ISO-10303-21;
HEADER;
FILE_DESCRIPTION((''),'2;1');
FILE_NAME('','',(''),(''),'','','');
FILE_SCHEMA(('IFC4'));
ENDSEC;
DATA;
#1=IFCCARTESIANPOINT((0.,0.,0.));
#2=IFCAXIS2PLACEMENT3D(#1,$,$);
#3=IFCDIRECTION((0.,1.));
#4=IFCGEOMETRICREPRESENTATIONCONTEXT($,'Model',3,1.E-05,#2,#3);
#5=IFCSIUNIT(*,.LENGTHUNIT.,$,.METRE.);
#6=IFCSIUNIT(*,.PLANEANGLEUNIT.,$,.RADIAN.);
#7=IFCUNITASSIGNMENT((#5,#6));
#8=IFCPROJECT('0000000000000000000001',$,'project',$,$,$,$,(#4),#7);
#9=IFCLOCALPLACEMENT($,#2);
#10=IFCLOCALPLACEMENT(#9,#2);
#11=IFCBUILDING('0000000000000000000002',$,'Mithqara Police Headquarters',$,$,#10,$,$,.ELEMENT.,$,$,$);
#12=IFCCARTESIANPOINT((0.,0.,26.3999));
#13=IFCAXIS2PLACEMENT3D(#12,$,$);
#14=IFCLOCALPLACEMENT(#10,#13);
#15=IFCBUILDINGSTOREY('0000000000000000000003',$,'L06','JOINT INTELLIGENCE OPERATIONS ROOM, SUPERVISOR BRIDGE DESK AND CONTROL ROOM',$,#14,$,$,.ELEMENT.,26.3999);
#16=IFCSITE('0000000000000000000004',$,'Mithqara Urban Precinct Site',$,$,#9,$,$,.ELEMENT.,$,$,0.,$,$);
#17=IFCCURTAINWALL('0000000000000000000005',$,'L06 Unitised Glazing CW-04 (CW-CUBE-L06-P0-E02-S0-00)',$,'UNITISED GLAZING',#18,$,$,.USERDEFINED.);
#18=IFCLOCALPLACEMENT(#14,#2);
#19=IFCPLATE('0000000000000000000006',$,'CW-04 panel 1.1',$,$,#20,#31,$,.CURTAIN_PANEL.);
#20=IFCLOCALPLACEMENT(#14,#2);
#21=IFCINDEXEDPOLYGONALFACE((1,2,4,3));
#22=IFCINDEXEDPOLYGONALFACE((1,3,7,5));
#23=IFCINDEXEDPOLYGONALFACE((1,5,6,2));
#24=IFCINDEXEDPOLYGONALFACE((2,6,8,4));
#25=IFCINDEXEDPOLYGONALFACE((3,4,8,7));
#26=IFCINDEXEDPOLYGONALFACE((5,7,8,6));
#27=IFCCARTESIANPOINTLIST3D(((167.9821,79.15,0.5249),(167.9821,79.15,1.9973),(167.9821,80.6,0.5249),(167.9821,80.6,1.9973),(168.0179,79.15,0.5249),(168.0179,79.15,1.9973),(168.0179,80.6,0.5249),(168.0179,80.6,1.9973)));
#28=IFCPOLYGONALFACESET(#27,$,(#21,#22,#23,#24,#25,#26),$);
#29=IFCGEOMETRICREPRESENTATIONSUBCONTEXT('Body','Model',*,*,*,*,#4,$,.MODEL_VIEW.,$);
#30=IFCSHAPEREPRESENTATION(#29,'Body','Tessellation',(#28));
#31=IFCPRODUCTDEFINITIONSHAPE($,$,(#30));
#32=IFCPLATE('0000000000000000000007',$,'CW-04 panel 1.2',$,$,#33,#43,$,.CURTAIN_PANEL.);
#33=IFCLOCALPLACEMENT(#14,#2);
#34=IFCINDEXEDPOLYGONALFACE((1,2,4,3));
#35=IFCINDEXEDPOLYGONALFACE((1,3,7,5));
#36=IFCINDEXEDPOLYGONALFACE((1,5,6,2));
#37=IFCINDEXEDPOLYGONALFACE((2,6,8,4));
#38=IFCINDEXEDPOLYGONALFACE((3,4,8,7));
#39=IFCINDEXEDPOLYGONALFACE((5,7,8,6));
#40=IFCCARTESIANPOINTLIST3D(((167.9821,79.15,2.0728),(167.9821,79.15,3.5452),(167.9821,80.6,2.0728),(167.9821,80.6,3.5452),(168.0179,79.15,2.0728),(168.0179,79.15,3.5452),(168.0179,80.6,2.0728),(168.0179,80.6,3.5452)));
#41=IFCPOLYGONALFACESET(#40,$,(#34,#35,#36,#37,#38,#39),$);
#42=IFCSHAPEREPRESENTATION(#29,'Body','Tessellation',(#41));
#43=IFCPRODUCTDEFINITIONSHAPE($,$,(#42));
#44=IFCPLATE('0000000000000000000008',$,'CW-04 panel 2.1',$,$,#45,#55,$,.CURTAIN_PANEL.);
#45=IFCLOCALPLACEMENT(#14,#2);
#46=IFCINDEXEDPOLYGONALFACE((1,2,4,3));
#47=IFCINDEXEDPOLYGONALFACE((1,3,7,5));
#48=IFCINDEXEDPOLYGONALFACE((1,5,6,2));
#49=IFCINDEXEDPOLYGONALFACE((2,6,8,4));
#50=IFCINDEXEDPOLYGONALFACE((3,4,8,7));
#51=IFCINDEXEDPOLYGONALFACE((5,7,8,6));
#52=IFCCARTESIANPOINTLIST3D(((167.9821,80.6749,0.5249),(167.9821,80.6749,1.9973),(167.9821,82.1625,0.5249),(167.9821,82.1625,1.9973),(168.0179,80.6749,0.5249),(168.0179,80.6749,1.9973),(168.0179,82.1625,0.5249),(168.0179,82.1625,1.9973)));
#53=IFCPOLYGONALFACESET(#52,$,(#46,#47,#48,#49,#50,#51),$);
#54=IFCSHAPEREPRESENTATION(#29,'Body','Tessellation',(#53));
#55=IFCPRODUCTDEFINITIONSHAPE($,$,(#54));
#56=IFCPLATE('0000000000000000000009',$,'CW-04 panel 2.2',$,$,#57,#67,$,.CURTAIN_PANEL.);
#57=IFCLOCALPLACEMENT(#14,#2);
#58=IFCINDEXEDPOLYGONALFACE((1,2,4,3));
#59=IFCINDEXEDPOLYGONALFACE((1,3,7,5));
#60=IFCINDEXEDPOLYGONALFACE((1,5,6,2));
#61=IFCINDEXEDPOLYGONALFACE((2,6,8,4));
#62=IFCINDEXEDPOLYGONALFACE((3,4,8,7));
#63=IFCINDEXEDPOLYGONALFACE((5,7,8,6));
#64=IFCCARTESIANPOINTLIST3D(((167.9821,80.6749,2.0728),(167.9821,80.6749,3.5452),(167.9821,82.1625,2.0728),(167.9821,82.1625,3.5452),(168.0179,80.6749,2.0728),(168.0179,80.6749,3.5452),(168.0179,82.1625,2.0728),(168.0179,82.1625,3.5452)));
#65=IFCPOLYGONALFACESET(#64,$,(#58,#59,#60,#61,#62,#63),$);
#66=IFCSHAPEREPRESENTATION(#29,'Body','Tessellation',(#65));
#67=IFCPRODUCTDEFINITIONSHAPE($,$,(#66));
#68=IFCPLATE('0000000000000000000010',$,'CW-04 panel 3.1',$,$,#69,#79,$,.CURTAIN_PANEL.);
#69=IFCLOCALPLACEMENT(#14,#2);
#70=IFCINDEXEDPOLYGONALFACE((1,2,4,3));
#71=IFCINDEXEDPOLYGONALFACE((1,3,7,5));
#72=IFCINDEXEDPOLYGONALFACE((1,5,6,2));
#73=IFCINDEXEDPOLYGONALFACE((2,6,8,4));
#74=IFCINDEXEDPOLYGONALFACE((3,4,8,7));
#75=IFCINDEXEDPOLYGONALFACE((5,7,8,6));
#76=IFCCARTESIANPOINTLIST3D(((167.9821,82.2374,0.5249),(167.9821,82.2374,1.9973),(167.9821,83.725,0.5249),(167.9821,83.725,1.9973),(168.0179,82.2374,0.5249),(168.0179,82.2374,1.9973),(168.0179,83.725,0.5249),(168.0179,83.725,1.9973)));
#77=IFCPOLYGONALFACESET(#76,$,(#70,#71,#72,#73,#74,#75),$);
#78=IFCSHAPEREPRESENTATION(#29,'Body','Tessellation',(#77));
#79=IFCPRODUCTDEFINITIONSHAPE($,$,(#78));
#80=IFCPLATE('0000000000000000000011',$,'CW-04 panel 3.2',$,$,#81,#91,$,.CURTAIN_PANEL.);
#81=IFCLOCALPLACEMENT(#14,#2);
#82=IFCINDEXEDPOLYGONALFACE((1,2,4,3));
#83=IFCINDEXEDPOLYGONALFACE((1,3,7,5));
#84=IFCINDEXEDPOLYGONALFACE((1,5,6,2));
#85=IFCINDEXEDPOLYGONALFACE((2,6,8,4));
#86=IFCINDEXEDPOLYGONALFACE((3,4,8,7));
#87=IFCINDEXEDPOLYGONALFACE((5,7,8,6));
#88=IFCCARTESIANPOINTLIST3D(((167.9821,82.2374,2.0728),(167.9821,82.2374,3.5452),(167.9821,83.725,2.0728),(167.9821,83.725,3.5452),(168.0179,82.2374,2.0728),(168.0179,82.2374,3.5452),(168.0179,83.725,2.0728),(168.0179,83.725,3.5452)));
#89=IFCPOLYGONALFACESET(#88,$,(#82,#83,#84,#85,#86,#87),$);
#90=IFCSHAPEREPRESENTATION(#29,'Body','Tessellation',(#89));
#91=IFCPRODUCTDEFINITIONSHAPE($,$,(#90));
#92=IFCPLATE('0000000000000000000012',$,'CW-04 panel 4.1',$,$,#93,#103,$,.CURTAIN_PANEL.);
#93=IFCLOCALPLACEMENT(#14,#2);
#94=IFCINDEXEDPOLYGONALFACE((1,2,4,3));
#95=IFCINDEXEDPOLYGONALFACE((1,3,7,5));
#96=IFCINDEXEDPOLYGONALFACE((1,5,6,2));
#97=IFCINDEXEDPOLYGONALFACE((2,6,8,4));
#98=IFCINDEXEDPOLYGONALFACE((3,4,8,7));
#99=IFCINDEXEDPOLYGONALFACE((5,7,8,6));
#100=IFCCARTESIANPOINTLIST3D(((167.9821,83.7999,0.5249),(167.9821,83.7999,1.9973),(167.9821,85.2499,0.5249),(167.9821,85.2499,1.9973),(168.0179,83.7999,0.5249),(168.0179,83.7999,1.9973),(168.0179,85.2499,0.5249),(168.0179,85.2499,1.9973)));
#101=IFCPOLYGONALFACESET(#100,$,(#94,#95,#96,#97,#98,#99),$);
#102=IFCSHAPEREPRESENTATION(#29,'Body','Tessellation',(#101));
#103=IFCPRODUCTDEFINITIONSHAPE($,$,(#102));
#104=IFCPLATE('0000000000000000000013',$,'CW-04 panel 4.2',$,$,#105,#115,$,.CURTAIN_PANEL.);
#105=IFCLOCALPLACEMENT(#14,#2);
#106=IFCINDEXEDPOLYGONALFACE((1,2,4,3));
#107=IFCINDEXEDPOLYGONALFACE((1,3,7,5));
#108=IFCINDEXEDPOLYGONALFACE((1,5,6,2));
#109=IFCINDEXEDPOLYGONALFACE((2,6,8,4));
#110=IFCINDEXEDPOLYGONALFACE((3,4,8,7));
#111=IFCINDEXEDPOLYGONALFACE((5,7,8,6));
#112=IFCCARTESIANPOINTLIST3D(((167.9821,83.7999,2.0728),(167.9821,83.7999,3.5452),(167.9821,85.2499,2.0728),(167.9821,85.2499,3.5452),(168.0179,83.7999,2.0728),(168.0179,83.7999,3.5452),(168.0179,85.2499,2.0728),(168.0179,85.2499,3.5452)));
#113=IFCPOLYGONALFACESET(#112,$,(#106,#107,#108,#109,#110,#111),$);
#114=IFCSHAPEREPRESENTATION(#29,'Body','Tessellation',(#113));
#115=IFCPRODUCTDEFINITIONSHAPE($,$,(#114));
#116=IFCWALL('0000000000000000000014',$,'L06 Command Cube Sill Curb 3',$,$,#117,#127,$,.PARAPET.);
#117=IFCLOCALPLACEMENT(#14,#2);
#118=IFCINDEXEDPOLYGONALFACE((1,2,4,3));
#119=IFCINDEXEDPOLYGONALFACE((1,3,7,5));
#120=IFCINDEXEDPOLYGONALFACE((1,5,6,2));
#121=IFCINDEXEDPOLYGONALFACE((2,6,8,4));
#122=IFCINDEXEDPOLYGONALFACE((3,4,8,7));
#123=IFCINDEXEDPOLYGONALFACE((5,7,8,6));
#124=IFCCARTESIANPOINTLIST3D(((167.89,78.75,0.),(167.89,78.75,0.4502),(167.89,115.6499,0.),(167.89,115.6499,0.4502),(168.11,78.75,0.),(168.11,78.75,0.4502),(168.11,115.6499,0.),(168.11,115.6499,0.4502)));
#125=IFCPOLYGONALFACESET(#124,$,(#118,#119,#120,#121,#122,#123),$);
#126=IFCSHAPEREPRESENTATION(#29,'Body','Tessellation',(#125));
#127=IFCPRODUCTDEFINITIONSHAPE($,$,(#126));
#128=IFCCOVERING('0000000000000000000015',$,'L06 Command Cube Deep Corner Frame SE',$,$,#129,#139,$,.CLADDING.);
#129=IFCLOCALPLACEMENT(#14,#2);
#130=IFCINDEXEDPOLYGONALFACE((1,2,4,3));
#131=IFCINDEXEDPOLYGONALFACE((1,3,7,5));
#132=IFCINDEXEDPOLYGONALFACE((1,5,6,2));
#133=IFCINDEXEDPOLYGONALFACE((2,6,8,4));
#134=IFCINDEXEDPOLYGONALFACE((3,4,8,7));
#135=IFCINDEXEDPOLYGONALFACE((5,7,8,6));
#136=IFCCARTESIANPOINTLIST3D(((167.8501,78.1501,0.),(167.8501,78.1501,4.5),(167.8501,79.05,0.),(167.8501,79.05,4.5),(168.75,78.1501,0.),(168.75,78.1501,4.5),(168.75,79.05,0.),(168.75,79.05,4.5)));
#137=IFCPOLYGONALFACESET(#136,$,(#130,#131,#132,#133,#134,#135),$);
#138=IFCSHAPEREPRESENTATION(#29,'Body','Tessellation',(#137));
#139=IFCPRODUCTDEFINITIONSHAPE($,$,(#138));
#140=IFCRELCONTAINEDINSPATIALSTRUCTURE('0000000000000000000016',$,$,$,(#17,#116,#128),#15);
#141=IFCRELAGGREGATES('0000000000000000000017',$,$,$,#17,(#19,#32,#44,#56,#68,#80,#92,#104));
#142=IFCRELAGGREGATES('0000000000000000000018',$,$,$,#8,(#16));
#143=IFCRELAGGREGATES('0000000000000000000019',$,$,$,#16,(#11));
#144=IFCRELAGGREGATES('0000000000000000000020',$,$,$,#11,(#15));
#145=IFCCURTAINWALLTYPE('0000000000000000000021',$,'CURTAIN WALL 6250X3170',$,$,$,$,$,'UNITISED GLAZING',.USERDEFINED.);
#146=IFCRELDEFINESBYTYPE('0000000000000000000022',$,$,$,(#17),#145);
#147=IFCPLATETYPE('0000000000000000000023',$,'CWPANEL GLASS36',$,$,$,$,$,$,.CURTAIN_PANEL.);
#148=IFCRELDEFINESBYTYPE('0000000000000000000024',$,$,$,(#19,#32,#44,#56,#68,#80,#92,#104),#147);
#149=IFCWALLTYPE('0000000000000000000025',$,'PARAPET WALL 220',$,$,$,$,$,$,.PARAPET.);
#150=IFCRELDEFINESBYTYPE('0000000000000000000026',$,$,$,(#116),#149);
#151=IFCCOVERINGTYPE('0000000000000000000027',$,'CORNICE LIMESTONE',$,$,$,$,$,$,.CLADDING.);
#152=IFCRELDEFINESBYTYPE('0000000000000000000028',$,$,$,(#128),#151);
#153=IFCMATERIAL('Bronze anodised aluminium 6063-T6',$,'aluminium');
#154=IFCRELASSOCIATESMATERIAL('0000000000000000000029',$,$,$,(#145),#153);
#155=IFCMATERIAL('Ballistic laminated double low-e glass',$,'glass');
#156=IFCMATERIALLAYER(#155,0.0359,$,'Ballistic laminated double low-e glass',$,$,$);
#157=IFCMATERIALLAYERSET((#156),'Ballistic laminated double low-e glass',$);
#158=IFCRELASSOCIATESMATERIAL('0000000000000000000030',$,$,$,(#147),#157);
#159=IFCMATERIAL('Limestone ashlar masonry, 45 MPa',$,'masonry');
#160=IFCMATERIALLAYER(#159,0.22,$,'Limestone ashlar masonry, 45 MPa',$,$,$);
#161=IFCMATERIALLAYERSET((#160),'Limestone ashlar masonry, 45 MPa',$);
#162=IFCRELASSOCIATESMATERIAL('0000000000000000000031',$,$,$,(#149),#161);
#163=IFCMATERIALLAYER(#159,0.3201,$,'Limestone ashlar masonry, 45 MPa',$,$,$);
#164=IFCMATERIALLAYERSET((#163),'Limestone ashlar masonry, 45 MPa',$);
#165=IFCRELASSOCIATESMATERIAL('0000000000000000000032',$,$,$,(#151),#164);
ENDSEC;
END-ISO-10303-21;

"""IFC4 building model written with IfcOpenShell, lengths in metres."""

from ifc_helpers import new_model, si_unit, direction, frame, frame_2d, origin, origin_2d, place, context, subcontext, project, spatial, rectangle, extrude, material, layer, layer_set, type_object, element, aggregate, save


model = new_model("IFC4")

# Units and contexts
model_context = context("Model", 3, precision=1e-05, world=origin(), true_north=direction((0.0, 1.0)))
body_context = subcontext(model_context, "Body", "Model", "MODEL_VIEW")
ifc_project = project(units=[si_unit("LENGTHUNIT", "METRE"), si_unit("PLANEANGLEUNIT", "RADIAN")], contexts=[model_context])

# Site, building, storey
site_placement = place(None, origin())
site = spatial("IfcSite", under=ifc_project, at=site_placement, Name="Mithqara Urban Precinct Site", CompositionType="ELEMENT", RefElevation=0.0)
building_placement = place(site_placement, origin())
building = spatial("IfcBuilding", under=site, at=building_placement, Name="Mithqara Police Headquarters", CompositionType="ELEMENT")
storey_placement = place(building_placement, frame((0.0, 0.0, 26.3999)))
storey = spatial("IfcBuildingStorey", under=building, at=storey_placement, Name="L06", Description="JOINT INTELLIGENCE OPERATIONS ROOM, SUPERVISOR BRIDGE DESK AND CONTROL ROOM", CompositionType="ELEMENT", Elevation=26.3999)

# Shared definitions
ifc_material_1 = material(Name="Bronze anodised aluminium 6063-T6", Category="aluminium")

# Curtain wall
curtain_wall_type_1 = type_object("IfcCurtainWallType", Name="CURTAIN WALL 6250X3170", ElementType="UNITISED GLAZING", PredefinedType="USERDEFINED", material=ifc_material_1)
curtain_wall_1_placement = place(storey_placement, origin())
curtain_wall_1 = element("IfcCurtainWall", 1, at=curtain_wall_1_placement, inside=storey, type_object=curtain_wall_type_1, Name="L06 Unitised Glazing CW-04 (CW-CUBE-L06-P0-E02-S0-00)", ObjectType="UNITISED GLAZING", PredefinedType="USERDEFINED")

# Plates
ifc_material_2 = material(Name="Ballistic laminated double low-e glass", Category="glass")
ifc_layer_1 = layer(ifc_material_2, 0.0359, Name="Ballistic laminated double low-e glass")
ifc_layer_set_1 = layer_set([ifc_layer_1], Name="Ballistic laminated double low-e glass")
plate_type = type_object("IfcPlateType", Name="CWPANEL GLASS36", PredefinedType="CURTAIN_PANEL", material=ifc_layer_set_1)
plate_1_placement = place(storey_placement, frame((168.0, 79.875, 0.5249), z_axis=(0.0, 0.0, 1.0), x_axis=(0.0, 1.0, 0.0)))
plate_1 = element("IfcPlate", 2, at=plate_1_placement, type_object=plate_type, Name="CW-04 panel 1.1", PredefinedType="CURTAIN_PANEL", context=body_context, shape_type="SweptSolid", body=[
    extrude(rectangle(XDim=1.45, YDim=0.0359, at=origin_2d()), origin(), (0.0, 0.0, 1.0), 1.4724),
])
plate_2_placement = place(storey_placement, frame((168.0, 79.875, 2.0728), z_axis=(0.0, 0.0, 1.0), x_axis=(0.0, 1.0, 0.0)))
plate_2 = element("IfcPlate", 3, at=plate_2_placement, type_object=plate_type, Name="CW-04 panel 1.2", PredefinedType="CURTAIN_PANEL", context=body_context, shape_type="SweptSolid", body=[
    extrude(rectangle(XDim=1.45, YDim=0.0359, at=origin_2d()), origin(), (0.0, 0.0, 1.0), 1.4724),
])
plate_3_placement = place(storey_placement, frame((168.0, 81.4187, 0.5249), z_axis=(0.0, 0.0, 1.0), x_axis=(0.0, 1.0, 0.0)))
plate_3 = element("IfcPlate", 4, at=plate_3_placement, type_object=plate_type, Name="CW-04 panel 2.1", PredefinedType="CURTAIN_PANEL", context=body_context, shape_type="SweptSolid", body=[
    extrude(rectangle(XDim=1.4875, YDim=0.0359, at=origin_2d()), origin(), (0.0, 0.0, 1.0), 1.4724),
])
plate_4_placement = place(storey_placement, frame((168.0, 81.4187, 2.0728), z_axis=(0.0, 0.0, 1.0), x_axis=(0.0, 1.0, 0.0)))
plate_4 = element("IfcPlate", 5, at=plate_4_placement, type_object=plate_type, Name="CW-04 panel 2.2", PredefinedType="CURTAIN_PANEL", context=body_context, shape_type="SweptSolid", body=[
    extrude(rectangle(XDim=1.4875, YDim=0.0359, at=origin_2d()), origin(), (0.0, 0.0, 1.0), 1.4724),
])
plate_5_placement = place(storey_placement, frame((168.0, 82.9812, 0.5249), z_axis=(0.0, 0.0, 1.0), x_axis=(0.0, 1.0, 0.0)))
plate_5 = element("IfcPlate", 6, at=plate_5_placement, type_object=plate_type, Name="CW-04 panel 3.1", PredefinedType="CURTAIN_PANEL", context=body_context, shape_type="SweptSolid", body=[
    extrude(rectangle(XDim=1.4875, YDim=0.0359, at=origin_2d()), origin(), (0.0, 0.0, 1.0), 1.4724),
])
plate_6_placement = place(storey_placement, frame((168.0, 82.9812, 2.0728), z_axis=(0.0, 0.0, 1.0), x_axis=(0.0, 1.0, 0.0)))
plate_6 = element("IfcPlate", 7, at=plate_6_placement, type_object=plate_type, Name="CW-04 panel 3.2", PredefinedType="CURTAIN_PANEL", context=body_context, shape_type="SweptSolid", body=[
    extrude(rectangle(XDim=1.4875, YDim=0.0359, at=origin_2d()), origin(), (0.0, 0.0, 1.0), 1.4724),
])
plate_7_placement = place(storey_placement, frame((168.0, 84.5249, 0.5249), z_axis=(0.0, 0.0, 1.0), x_axis=(0.0, 1.0, 0.0)))
plate_7 = element("IfcPlate", 8, at=plate_7_placement, type_object=plate_type, Name="CW-04 panel 4.1", PredefinedType="CURTAIN_PANEL", context=body_context, shape_type="SweptSolid", body=[
    extrude(rectangle(XDim=1.45, YDim=0.0359, at=origin_2d()), origin(), (0.0, 0.0, 1.0), 1.4724),
])
plate_8_placement = place(storey_placement, frame((168.0, 84.5249, 2.0728), z_axis=(0.0, 0.0, 1.0), x_axis=(0.0, 1.0, 0.0)))
plate_8 = element("IfcPlate", 9, at=plate_8_placement, type_object=plate_type, Name="CW-04 panel 4.2", PredefinedType="CURTAIN_PANEL", context=body_context, shape_type="SweptSolid", body=[
    extrude(rectangle(XDim=1.45, YDim=0.0359, at=origin_2d()), origin(), (0.0, 0.0, 1.0), 1.4724),
])
aggregate(curtain_wall_1, [plate_1, plate_2, plate_3, plate_4, plate_5, plate_6, plate_7, plate_8])

# Wall
ifc_material_3 = material(Name="Limestone ashlar masonry, 45 MPa", Category="masonry")
ifc_layer_2 = layer(ifc_material_3, 0.22, Name="Limestone ashlar masonry, 45 MPa")
ifc_layer_set_2 = layer_set([ifc_layer_2], Name="Limestone ashlar masonry, 45 MPa")
wall_type = type_object("IfcWallType", Name="PARAPET WALL 220", PredefinedType="PARAPET", material=ifc_layer_set_2)
wall_placement = place(storey_placement, frame((168.0, 78.75, 0.0), z_axis=(0.0, 0.0, 1.0), x_axis=(0.0, 1.0, 0.0)))
element("IfcWall", 10, at=wall_placement, inside=storey, type_object=wall_type, Name="L06 Command Cube Sill Curb 3", PredefinedType="PARAPET", context=body_context, shape_type="SweptSolid", body=[
    extrude(rectangle(XDim=36.8999, YDim=0.22, at=frame_2d((18.45, 0.0))), origin(), (0.0, 0.0, 1.0), 0.4502),
])

# Covering
ifc_layer_3 = layer(ifc_material_3, 0.3201, Name="Limestone ashlar masonry, 45 MPa")
ifc_layer_set_3 = layer_set([ifc_layer_3], Name="Limestone ashlar masonry, 45 MPa")
covering_type = type_object("IfcCoveringType", Name="CORNICE LIMESTONE", PredefinedType="CLADDING", material=ifc_layer_set_3)
covering_placement = place(storey_placement, frame((168.3, 78.6001, 0.0), z_axis=(0.0, 0.0, 1.0), x_axis=(1.0, 0.0, 0.0)))
element("IfcCovering", 11, at=covering_placement, inside=storey, type_object=covering_type, Name="L06 Command Cube Deep Corner Frame SE", PredefinedType="CLADDING", context=body_context, shape_type="SweptSolid", body=[
    extrude(rectangle(XDim=0.8999, YDim=0.8999, at=origin_2d()), origin(), (0.0, 0.0, 1.0), 4.5),
])

save(model, "model.ifc")
